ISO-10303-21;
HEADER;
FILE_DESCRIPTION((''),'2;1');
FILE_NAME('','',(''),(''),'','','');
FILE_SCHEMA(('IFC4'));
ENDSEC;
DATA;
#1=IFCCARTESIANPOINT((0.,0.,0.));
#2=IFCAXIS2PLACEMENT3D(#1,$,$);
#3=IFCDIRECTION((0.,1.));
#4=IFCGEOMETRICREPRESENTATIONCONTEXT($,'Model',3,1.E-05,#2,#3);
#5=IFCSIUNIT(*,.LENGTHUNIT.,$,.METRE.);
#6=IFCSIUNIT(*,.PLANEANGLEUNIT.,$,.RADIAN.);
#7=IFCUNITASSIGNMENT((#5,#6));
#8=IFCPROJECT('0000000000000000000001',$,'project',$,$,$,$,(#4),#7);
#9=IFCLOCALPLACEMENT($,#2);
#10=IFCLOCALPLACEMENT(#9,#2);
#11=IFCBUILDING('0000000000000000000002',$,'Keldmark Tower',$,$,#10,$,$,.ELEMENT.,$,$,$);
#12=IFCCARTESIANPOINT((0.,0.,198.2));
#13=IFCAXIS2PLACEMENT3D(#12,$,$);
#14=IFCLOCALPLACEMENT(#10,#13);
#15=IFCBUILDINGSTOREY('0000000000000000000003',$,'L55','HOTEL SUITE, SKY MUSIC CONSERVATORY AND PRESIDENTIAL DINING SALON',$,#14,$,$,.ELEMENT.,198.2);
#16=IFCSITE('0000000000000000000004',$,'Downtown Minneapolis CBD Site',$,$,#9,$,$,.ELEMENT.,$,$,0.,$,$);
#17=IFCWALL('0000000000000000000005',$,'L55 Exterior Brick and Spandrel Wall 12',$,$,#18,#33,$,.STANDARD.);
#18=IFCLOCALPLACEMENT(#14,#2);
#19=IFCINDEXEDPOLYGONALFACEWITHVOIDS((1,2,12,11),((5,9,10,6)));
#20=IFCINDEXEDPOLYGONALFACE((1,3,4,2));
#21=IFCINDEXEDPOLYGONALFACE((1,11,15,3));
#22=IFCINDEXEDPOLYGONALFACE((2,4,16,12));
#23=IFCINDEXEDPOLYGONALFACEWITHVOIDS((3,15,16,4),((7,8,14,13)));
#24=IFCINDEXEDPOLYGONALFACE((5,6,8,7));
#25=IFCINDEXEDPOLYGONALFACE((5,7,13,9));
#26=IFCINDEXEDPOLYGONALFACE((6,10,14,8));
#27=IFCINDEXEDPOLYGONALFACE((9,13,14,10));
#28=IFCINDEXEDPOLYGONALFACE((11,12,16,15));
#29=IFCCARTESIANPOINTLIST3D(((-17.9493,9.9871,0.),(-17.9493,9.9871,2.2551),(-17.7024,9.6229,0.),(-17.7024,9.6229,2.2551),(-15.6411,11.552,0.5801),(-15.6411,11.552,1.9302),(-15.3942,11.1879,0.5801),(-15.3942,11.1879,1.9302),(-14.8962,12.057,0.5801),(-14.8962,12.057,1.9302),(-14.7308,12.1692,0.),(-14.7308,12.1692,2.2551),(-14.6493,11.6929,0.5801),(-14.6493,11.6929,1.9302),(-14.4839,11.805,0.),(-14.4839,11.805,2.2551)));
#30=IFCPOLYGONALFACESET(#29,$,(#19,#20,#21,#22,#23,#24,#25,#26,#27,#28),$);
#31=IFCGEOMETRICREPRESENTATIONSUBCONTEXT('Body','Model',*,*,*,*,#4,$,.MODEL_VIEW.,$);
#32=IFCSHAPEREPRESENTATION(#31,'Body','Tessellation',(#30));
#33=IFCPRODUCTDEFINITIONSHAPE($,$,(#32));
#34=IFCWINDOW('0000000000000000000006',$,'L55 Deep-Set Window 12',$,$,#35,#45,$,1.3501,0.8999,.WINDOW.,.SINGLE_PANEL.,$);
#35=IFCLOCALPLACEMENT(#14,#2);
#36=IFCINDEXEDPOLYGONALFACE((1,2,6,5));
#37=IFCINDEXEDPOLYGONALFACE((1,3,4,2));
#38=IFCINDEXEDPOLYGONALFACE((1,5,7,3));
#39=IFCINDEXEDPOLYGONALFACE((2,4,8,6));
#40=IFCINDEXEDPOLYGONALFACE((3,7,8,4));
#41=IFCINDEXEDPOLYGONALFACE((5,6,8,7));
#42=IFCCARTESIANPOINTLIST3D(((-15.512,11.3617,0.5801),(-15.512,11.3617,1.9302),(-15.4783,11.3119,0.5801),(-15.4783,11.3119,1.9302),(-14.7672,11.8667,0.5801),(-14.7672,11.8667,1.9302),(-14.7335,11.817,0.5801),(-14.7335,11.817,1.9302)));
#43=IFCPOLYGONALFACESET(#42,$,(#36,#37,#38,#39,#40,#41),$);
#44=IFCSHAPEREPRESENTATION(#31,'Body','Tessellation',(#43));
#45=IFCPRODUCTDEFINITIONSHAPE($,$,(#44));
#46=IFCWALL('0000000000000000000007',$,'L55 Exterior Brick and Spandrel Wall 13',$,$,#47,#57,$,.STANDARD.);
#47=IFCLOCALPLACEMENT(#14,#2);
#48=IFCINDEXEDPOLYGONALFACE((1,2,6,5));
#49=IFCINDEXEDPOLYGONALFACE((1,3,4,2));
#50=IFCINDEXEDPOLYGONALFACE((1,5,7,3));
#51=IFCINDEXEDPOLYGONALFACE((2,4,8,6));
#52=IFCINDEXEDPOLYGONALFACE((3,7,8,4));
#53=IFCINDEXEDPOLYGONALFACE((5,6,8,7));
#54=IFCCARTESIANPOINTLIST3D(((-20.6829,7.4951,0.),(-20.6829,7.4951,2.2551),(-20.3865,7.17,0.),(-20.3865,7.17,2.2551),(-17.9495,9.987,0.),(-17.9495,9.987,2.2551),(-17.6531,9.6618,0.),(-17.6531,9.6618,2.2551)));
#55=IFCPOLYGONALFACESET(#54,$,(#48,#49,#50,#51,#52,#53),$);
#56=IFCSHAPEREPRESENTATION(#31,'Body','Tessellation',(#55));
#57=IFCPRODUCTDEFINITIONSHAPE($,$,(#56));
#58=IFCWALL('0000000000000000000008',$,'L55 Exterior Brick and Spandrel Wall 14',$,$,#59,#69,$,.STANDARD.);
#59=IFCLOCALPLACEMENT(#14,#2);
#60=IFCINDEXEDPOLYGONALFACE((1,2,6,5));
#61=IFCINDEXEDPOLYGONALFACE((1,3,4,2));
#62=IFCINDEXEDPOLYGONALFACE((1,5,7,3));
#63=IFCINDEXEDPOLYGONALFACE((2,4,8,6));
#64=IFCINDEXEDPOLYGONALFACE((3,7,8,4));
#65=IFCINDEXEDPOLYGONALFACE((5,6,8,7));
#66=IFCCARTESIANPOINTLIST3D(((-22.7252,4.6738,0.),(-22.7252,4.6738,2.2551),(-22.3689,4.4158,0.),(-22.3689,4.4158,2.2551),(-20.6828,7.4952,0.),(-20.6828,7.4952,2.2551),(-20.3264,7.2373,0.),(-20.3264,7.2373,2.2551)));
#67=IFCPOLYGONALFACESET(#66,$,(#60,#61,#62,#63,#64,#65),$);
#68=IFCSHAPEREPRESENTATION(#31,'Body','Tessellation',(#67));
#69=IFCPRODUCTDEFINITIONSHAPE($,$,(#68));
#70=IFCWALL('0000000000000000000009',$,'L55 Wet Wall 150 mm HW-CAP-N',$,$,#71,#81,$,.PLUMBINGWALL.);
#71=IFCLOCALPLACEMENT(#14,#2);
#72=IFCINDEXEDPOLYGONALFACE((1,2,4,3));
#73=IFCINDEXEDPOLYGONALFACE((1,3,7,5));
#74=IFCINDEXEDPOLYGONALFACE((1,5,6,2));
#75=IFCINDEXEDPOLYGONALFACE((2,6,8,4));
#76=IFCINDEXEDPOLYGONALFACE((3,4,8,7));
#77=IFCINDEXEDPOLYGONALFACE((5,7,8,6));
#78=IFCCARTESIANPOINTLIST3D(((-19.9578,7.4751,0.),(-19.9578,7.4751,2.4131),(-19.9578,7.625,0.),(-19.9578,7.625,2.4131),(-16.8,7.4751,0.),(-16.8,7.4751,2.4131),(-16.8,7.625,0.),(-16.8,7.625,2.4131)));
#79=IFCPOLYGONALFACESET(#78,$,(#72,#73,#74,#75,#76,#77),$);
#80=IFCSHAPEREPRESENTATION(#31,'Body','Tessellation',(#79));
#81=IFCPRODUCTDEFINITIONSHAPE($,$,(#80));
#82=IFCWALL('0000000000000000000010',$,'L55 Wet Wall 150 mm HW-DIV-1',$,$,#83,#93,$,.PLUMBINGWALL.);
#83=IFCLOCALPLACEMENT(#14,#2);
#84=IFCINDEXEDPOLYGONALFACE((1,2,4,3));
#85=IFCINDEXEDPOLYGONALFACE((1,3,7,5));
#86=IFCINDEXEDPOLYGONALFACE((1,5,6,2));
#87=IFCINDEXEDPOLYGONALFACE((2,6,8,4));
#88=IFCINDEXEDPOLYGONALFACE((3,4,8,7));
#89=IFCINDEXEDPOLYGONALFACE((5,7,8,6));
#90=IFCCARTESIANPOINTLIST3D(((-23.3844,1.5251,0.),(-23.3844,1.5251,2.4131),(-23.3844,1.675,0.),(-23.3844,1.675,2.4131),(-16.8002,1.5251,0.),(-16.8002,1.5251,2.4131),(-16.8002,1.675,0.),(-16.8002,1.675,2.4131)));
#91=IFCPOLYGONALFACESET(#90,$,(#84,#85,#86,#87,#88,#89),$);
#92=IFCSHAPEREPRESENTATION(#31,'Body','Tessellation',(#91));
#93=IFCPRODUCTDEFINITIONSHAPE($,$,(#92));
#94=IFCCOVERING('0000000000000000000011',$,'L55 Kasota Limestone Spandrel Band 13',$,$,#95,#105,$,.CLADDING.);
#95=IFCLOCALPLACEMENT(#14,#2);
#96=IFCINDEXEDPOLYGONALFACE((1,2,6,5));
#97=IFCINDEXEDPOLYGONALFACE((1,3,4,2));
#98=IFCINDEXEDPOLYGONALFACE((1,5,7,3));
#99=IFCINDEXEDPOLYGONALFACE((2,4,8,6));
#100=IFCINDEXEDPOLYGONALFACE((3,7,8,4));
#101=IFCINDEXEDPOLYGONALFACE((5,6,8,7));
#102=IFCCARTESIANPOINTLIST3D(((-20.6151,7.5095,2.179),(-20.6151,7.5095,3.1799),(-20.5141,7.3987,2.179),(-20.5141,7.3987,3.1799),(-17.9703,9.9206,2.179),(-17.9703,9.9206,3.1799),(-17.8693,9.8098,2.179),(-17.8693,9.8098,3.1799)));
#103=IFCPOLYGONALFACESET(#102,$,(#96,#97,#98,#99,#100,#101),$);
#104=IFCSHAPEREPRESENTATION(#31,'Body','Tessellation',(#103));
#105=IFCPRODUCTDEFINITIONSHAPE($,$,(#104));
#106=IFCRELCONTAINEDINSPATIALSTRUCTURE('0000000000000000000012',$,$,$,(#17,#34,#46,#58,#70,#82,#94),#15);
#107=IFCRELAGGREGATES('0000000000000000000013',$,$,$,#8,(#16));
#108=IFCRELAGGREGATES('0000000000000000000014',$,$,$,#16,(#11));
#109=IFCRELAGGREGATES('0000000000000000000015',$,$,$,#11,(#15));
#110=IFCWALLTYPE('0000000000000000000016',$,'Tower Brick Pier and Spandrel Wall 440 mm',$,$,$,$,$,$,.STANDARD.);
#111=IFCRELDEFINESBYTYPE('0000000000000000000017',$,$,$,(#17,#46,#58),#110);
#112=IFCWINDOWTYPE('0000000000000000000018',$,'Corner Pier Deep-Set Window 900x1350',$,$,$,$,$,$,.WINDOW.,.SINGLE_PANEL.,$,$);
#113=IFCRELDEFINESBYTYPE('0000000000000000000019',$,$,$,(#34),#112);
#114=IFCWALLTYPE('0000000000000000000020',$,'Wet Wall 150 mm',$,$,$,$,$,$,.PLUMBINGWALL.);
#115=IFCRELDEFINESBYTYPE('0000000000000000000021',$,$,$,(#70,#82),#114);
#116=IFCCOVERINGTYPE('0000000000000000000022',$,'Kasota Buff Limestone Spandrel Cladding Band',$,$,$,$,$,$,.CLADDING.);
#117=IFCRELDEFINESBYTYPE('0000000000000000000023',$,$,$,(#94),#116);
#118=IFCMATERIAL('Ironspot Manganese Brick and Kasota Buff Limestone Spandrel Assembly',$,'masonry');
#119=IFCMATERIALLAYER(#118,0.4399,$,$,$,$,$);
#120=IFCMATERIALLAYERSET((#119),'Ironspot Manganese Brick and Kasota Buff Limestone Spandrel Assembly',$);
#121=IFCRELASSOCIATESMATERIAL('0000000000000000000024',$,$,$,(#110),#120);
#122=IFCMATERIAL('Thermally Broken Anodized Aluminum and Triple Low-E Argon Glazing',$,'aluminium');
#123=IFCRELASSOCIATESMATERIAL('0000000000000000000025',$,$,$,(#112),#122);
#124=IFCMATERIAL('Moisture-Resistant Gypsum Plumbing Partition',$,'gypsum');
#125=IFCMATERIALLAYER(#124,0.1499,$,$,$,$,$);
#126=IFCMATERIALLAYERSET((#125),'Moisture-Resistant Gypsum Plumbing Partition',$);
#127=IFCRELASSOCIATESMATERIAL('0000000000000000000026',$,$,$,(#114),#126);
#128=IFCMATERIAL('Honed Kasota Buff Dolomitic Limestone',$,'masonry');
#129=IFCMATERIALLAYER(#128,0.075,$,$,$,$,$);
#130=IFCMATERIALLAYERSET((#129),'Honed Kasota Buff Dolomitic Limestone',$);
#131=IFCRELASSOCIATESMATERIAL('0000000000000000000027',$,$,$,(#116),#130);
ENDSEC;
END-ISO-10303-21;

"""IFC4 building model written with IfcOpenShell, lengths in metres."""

from ifc_helpers import new_model, si_unit, direction, frame, frame_2d, origin, origin_2d, place, context, subcontext, project, spatial, rectangle, extrude, material, layer, layer_set, type_object, element, fill, save


model = new_model("IFC4")

# Units and contexts
model_context = context("Model", 3, precision=1e-05, world=origin(), true_north=direction((0.0, 1.0)))
body_context = subcontext(model_context, "Body", "Model", "MODEL_VIEW")
ifc_project = project(units=[si_unit("LENGTHUNIT", "METRE"), si_unit("PLANEANGLEUNIT", "RADIAN")], contexts=[model_context])

# Site, building, storey
site_placement = place(None, origin())
site = spatial("IfcSite", under=ifc_project, at=site_placement, Name="Downtown Minneapolis CBD Site", CompositionType="ELEMENT", RefElevation=0.0)
building_placement = place(site_placement, origin())
building = spatial("IfcBuilding", under=site, at=building_placement, Name="Keldmark Tower", CompositionType="ELEMENT")
storey_placement = place(building_placement, frame((0.0, 0.0, 198.2)))
storey = spatial("IfcBuildingStorey", under=building, at=storey_placement, Name="L55", Description="HOTEL SUITE, SKY MUSIC CONSERVATORY AND PRESIDENTIAL DINING SALON", CompositionType="ELEMENT", Elevation=198.2)

# Wall, opening, window
ifc_material_1 = material(Name="Ironspot Manganese Brick and Kasota Buff Limestone Spandrel Assembly", Category="masonry")
ifc_layer_1 = layer(ifc_material_1, 0.4399)
ifc_layer_set_1 = layer_set([ifc_layer_1], Name="Ironspot Manganese Brick and Kasota Buff Limestone Spandrel Assembly")
wall_type_1 = type_object("IfcWallType", Name="Tower Brick Pier and Spandrel Wall 440 mm", PredefinedType="STANDARD", material=ifc_layer_set_1)
wall_1_placement = place(storey_placement, frame((-17.8259, 9.8049, 0.0), z_axis=(0.0, 0.0, 1.0), x_axis=(0.827698, 0.561174, 0.0)))
wall_1 = element("IfcWall", 1, at=wall_1_placement, inside=storey, type_object=wall_type_1, Name="L55 Exterior Brick and Spandrel Wall 12", PredefinedType="STANDARD", context=body_context, shape_type="SweptSolid", body=[
    extrude(rectangle(XDim=3.8884, YDim=0.4399, at=frame_2d((1.9443, 0.0))), origin(), (0.0, 0.0, 1.0), 2.2551),
])
opening_1_placement = place(wall_1_placement, frame((2.7888, 0.0, 0.5801)))
opening_1 = element("IfcOpeningElement", 2, at=opening_1_placement, cuts=wall_1, PredefinedType="OPENING", context=body_context, shape_type="SweptSolid", body=[
    extrude(rectangle(XDim=0.8999, YDim=1.3501, at=frame_2d((0.45, 0.675))), frame((0.0, 0.23, 0.0), z_axis=(0.0, -1.0, 0.0), x_axis=(1.0, 0.0, 0.0)), (0.0, 0.0, 1.0), 0.46),
])
ifc_material_2 = material(Name="Thermally Broken Anodized Aluminum and Triple Low-E Argon Glazing", Category="aluminium")
window_type = type_object("IfcWindowType", Name="Corner Pier Deep-Set Window 900x1350", PartitioningType="SINGLE_PANEL", PredefinedType="WINDOW", material=ifc_material_2)
window_placement = place(opening_1_placement, origin())
window = element("IfcWindow", 3, at=window_placement, inside=storey, type_object=window_type, Name="L55 Deep-Set Window 12", OverallHeight=1.3501, OverallWidth=0.8999, PartitioningType="SINGLE_PANEL", PredefinedType="WINDOW", context=body_context, shape_type="SweptSolid", body=[
    extrude(rectangle(XDim=0.8999, YDim=1.3501, at=frame_2d((0.45, 0.675))), frame((0.0, -0.01, 0.0), z_axis=(0.0, -1.0, 0.0), x_axis=(1.0, 0.0, 0.0)), (0.0, 0.0, 1.0), 0.0601),
])
fill(opening_1, window)

# Walls
wall_2_placement = place(storey_placement, frame((-20.5347, 7.3325, 0.0), z_axis=(0.0, 0.0, 1.0), x_axis=(0.738993, 0.673714, 0.0)))
element("IfcWall", 4, at=wall_2_placement, inside=storey, type_object=wall_type_1, Name="L55 Exterior Brick and Spandrel Wall 13", PredefinedType="STANDARD", context=body_context, shape_type="SweptSolid", body=[
    extrude(rectangle(XDim=3.6987, YDim=0.4399, at=frame_2d((1.8494, 0.0))), origin(), (0.0, 0.0, 1.0), 2.2551),
])
wall_3_placement = place(storey_placement, frame((-22.5471, 4.5447, 0.0), z_axis=(0.0, 0.0, 1.0), x_axis=(0.586378, 0.810037, 0.0)))
element("IfcWall", 5, at=wall_3_placement, inside=storey, type_object=wall_type_1, Name="L55 Exterior Brick and Spandrel Wall 14", PredefinedType="STANDARD", context=body_context, shape_type="SweptSolid", body=[
    extrude(rectangle(XDim=3.4832, YDim=0.4399, at=frame_2d((1.7417, 0.0))), origin(), (0.0, 0.0, 1.0), 2.2551),
])
ifc_material_3 = material(Name="Moisture-Resistant Gypsum Plumbing Partition", Category="gypsum")
ifc_layer_2 = layer(ifc_material_3, 0.1499)
ifc_layer_set_2 = layer_set([ifc_layer_2], Name="Moisture-Resistant Gypsum Plumbing Partition")
wall_type_2 = type_object("IfcWallType", Name="Wet Wall 150 mm", PredefinedType="PLUMBINGWALL", material=ifc_layer_set_2)
wall_4_placement = place(storey_placement, frame((-19.9578, 7.55, 0.0), z_axis=(0.0, 0.0, 1.0), x_axis=(1.0, 0.0, 0.0)))
element("IfcWall", 6, at=wall_4_placement, inside=storey, type_object=wall_type_2, Name="L55 Wet Wall 150 mm HW-CAP-N", PredefinedType="PLUMBINGWALL", context=body_context, shape_type="SweptSolid", body=[
    extrude(rectangle(XDim=3.1577, YDim=0.1499, at=frame_2d((1.5789, 0.0))), origin(), (0.0, 0.0, 1.0), 2.4131),
])
wall_5_placement = place(storey_placement, frame((-23.3843, 1.6001, 0.0), z_axis=(0.0, 0.0, 1.0), x_axis=(1.0, 0.0, 0.0)))
element("IfcWall", 7, at=wall_5_placement, inside=storey, type_object=wall_type_2, Name="L55 Wet Wall 150 mm HW-DIV-1", PredefinedType="PLUMBINGWALL", context=body_context, shape_type="SweptSolid", body=[
    extrude(rectangle(XDim=6.5842, YDim=0.1499, at=frame_2d((3.292, 0.0))), origin(), (0.0, 0.0, 1.0), 2.4131),
])

# Covering
ifc_material_4 = material(Name="Honed Kasota Buff Dolomitic Limestone", Category="masonry")
ifc_layer_3 = layer(ifc_material_4, 0.075)
ifc_layer_set_3 = layer_set([ifc_layer_3], Name="Honed Kasota Buff Dolomitic Limestone")
covering_type = type_object("IfcCoveringType", Name="Kasota Buff Limestone Spandrel Cladding Band", PredefinedType="CLADDING", material=ifc_layer_set_3)
covering_placement = place(storey_placement, frame((-19.2422, 8.6597, 2.179), z_axis=(0.0, 0.0, 1.0), x_axis=(-0.738996, -0.673709, 0.0)))
element("IfcCovering", 8, at=covering_placement, inside=storey, type_object=covering_type, Name="L55 Kasota Limestone Spandrel Band 13", PredefinedType="CLADDING", context=body_context, shape_type="SweptSolid", body=[
    extrude(rectangle(XDim=3.5789, YDim=0.1499, at=origin_2d()), origin(), (0.0, 0.0, 1.0), 1.001),
])

save(model, "model.ifc")
